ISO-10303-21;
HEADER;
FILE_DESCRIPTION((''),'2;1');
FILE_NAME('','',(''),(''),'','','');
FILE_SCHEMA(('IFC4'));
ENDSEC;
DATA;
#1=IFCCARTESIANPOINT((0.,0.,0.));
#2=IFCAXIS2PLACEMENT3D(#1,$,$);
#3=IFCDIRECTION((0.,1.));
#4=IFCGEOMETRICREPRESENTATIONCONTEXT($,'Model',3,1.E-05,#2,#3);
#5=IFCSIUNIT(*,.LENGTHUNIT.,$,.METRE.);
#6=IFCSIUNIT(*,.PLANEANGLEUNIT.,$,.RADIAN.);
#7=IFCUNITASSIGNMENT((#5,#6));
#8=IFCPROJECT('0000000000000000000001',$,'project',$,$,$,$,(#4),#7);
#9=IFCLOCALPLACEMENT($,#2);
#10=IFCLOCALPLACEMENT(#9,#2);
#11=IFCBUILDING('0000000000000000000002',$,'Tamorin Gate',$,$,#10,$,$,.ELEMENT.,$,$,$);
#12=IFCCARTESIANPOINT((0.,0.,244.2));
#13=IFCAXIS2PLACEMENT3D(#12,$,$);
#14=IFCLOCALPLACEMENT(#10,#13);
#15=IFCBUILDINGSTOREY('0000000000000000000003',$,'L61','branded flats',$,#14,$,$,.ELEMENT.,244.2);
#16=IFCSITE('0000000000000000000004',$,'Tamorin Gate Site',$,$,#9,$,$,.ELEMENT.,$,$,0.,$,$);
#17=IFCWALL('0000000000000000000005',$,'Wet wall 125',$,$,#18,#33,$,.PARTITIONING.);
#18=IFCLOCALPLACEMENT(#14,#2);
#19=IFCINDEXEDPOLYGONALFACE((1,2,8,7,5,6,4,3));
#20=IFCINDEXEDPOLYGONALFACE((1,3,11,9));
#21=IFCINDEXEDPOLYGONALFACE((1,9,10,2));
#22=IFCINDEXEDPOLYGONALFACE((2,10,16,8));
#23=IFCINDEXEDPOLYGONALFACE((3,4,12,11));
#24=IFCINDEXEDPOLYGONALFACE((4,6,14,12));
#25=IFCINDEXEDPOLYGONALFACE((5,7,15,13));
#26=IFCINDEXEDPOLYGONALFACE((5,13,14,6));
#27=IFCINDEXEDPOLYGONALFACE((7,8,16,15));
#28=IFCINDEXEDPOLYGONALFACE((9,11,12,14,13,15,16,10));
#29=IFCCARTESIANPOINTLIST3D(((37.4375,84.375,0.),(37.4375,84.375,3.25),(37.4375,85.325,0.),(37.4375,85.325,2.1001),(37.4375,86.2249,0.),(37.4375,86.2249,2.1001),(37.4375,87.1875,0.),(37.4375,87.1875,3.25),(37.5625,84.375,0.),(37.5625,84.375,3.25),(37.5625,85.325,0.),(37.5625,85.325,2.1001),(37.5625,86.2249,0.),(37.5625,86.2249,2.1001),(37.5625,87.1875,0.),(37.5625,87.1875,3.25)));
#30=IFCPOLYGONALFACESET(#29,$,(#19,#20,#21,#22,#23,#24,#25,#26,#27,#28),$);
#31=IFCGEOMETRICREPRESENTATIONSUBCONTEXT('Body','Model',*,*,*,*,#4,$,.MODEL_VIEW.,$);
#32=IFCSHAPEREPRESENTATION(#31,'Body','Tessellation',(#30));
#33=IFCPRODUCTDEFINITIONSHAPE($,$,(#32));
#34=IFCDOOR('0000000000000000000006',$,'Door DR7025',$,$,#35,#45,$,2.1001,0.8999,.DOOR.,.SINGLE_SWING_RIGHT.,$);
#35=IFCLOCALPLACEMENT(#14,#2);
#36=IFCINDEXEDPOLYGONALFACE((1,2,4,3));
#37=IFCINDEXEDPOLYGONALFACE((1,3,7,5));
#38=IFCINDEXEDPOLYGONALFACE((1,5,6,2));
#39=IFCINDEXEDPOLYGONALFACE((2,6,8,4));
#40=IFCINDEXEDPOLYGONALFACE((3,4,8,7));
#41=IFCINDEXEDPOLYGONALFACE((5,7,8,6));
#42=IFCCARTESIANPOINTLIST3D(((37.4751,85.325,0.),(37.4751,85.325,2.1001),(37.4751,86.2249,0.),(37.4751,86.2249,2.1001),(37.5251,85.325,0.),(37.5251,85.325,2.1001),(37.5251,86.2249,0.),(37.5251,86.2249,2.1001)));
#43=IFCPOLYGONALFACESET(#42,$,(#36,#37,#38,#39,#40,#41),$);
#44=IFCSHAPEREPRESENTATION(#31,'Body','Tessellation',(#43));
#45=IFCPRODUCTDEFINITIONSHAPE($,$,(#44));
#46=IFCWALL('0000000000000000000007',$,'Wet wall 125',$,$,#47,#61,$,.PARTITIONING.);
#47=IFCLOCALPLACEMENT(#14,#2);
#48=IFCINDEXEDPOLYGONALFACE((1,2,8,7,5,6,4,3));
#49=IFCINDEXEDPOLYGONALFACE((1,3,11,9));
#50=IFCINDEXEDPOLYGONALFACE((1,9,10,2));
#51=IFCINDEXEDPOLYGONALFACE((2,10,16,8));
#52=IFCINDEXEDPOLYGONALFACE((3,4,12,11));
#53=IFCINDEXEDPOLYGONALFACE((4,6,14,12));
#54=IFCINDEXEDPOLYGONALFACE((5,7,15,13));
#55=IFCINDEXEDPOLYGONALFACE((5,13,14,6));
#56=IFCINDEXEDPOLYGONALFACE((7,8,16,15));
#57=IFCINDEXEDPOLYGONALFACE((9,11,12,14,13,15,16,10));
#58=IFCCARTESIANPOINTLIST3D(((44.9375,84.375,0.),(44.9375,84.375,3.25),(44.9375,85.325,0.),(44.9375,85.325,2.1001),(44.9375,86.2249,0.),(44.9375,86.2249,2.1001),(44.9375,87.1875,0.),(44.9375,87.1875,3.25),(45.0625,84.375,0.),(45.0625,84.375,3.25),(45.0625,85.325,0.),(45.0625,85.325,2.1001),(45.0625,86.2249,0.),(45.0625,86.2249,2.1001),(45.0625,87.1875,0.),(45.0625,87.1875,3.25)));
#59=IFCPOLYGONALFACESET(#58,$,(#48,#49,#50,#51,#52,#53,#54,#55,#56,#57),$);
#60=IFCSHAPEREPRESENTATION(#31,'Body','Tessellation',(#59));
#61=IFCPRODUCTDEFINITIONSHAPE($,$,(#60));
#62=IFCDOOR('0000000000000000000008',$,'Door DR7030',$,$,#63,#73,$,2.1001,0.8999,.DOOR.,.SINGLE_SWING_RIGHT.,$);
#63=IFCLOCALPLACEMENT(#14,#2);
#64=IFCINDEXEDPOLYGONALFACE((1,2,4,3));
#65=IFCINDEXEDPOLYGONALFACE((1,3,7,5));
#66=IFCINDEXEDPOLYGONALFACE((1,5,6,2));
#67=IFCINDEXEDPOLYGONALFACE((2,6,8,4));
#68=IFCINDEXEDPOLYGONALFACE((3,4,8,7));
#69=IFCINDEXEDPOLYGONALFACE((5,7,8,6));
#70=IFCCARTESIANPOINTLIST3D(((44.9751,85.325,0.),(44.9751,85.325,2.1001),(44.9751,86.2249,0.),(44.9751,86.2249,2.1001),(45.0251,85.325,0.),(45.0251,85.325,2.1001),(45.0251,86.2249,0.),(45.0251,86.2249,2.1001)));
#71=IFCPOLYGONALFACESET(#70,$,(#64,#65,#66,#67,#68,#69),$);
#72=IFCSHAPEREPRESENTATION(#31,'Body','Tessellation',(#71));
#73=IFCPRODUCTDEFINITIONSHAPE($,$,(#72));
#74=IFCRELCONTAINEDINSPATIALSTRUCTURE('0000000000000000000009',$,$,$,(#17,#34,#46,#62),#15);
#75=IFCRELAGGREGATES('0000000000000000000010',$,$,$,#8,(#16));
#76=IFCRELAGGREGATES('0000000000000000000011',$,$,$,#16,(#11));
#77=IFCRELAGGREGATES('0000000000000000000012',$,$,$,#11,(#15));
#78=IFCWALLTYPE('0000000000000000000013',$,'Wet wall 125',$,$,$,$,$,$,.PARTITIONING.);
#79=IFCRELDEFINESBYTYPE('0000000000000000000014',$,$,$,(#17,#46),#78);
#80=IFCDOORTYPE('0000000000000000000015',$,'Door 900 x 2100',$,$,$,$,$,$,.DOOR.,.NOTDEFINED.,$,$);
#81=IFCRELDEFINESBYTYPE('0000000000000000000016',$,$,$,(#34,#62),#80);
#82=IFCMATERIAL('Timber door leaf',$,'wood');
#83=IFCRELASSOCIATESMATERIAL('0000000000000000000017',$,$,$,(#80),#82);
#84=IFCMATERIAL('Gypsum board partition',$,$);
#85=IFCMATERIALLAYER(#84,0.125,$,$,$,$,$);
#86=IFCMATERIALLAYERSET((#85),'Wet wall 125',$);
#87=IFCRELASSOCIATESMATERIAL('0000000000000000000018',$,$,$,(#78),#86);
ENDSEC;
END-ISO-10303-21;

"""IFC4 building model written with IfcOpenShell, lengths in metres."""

from ifc_helpers import new_model, si_unit, direction, frame, frame_2d, origin, place, context, subcontext, project, spatial, rectangle, extrude, material, layer, layer_set, type_object, element, fill, save


model = new_model("IFC4")

# Units and contexts
model_context = context("Model", 3, precision=1e-05, world=origin(), true_north=direction((0.0, 1.0)))
body_context = subcontext(model_context, "Body", "Model", "MODEL_VIEW")
ifc_project = project(units=[si_unit("LENGTHUNIT", "METRE"), si_unit("PLANEANGLEUNIT", "RADIAN")], contexts=[model_context])

# Site, building, storey
site_placement = place(None, origin())
site = spatial("IfcSite", under=ifc_project, at=site_placement, Name="Tamorin Gate Site", CompositionType="ELEMENT", RefElevation=0.0)
building_placement = place(site_placement, origin())
building = spatial("IfcBuilding", under=site, at=building_placement, Name="Tamorin Gate", CompositionType="ELEMENT")
storey_placement = place(building_placement, frame((0.0, 0.0, 244.2)))
storey = spatial("IfcBuildingStorey", under=building, at=storey_placement, Name="L61", Description="branded flats", CompositionType="ELEMENT", Elevation=244.2)

# Shared definitions
ifc_material_1 = material(Name="Gypsum board partition")

# Shared definitions
ifc_material_2 = material(Name="Timber door leaf", Category="wood")
door_type = type_object("IfcDoorType", Name="Door 900 x 2100", OperationType="NOTDEFINED", PredefinedType="DOOR", material=ifc_material_2)

# Shared definitions
ifc_layer_1 = layer(ifc_material_1, 0.125)
ifc_layer_set_1 = layer_set([ifc_layer_1], Name="Wet wall 125")
wall_type_1 = type_object("IfcWallType", Name="Wet wall 125", PredefinedType="PARTITIONING", material=ifc_layer_set_1)

# Walls, openings, doors
wall_1_placement = place(storey_placement, frame((37.5, 84.375, 0.0), z_axis=(0.0, 0.0, 1.0), x_axis=(0.0, 1.0, 0.0)))
wall_1 = element("IfcWall", 1, at=wall_1_placement, inside=storey, type_object=wall_type_1, Name="Wet wall 125", PredefinedType="PARTITIONING", context=body_context, shape_type="SweptSolid", body=[
    extrude(rectangle(XDim=2.8125, YDim=0.125, at=frame_2d((1.4062, 0.0))), origin(), (0.0, 0.0, 1.0), 3.25),
])
opening_1_placement = place(wall_1_placement, frame((0.95, 0.0, 0.0)))
opening_1 = element("IfcOpeningElement", 2, at=opening_1_placement, cuts=wall_1, PredefinedType="OPENING", context=body_context, shape_type="SweptSolid", body=[
    extrude(rectangle(XDim=0.8999, YDim=2.1001, at=frame_2d((0.45, 1.05))), frame((0.0, 0.0725, 0.0), z_axis=(0.0, -1.0, 0.0), x_axis=(1.0, 0.0, 0.0)), (0.0, 0.0, 1.0), 0.145),
])
door_1_placement = place(opening_1_placement, origin())
door_1 = element("IfcDoor", 3, at=door_1_placement, inside=storey, type_object=door_type, Name="Door DR7025", OperationType="SINGLE_SWING_RIGHT", OverallHeight=2.1001, OverallWidth=0.8999, PredefinedType="DOOR", context=body_context, shape_type="SweptSolid", body=[
    extrude(rectangle(XDim=0.8999, YDim=2.1001, at=frame_2d((0.45, 1.05))), frame((0.0, 0.0249, 0.0), z_axis=(0.0, -1.0, 0.0), x_axis=(1.0, 0.0, 0.0)), (0.0, 0.0, 1.0), 0.05),
])
fill(opening_1, door_1)
wall_2_placement = place(storey_placement, frame((45.0, 84.375, 0.0), z_axis=(0.0, 0.0, 1.0), x_axis=(0.0, 1.0, 0.0)))
wall_2 = element("IfcWall", 4, at=wall_2_placement, inside=storey, type_object=wall_type_1, Name="Wet wall 125", PredefinedType="PARTITIONING", context=body_context, shape_type="SweptSolid", body=[
    extrude(rectangle(XDim=2.8125, YDim=0.125, at=frame_2d((1.4062, 0.0))), origin(), (0.0, 0.0, 1.0), 3.25),
])
opening_2_placement = place(wall_2_placement, frame((0.95, 0.0, 0.0)))
opening_2 = element("IfcOpeningElement", 5, at=opening_2_placement, cuts=wall_2, PredefinedType="OPENING", context=body_context, shape_type="SweptSolid", body=[
    extrude(rectangle(XDim=0.8999, YDim=2.1001, at=frame_2d((0.45, 1.05))), frame((0.0, 0.0725, 0.0), z_axis=(0.0, -1.0, 0.0), x_axis=(1.0, 0.0, 0.0)), (0.0, 0.0, 1.0), 0.145),
])
door_2_placement = place(opening_2_placement, origin())
door_2 = element("IfcDoor", 6, at=door_2_placement, inside=storey, type_object=door_type, Name="Door DR7030", OperationType="SINGLE_SWING_RIGHT", OverallHeight=2.1001, OverallWidth=0.8999, PredefinedType="DOOR", context=body_context, shape_type="SweptSolid", body=[
    extrude(rectangle(XDim=0.8999, YDim=2.1001, at=frame_2d((0.45, 1.05))), frame((0.0, 0.0249, 0.0), z_axis=(0.0, -1.0, 0.0), x_axis=(1.0, 0.0, 0.0)), (0.0, 0.0, 1.0), 0.05),
])
fill(opening_2, door_2)

save(model, "model.ifc")
